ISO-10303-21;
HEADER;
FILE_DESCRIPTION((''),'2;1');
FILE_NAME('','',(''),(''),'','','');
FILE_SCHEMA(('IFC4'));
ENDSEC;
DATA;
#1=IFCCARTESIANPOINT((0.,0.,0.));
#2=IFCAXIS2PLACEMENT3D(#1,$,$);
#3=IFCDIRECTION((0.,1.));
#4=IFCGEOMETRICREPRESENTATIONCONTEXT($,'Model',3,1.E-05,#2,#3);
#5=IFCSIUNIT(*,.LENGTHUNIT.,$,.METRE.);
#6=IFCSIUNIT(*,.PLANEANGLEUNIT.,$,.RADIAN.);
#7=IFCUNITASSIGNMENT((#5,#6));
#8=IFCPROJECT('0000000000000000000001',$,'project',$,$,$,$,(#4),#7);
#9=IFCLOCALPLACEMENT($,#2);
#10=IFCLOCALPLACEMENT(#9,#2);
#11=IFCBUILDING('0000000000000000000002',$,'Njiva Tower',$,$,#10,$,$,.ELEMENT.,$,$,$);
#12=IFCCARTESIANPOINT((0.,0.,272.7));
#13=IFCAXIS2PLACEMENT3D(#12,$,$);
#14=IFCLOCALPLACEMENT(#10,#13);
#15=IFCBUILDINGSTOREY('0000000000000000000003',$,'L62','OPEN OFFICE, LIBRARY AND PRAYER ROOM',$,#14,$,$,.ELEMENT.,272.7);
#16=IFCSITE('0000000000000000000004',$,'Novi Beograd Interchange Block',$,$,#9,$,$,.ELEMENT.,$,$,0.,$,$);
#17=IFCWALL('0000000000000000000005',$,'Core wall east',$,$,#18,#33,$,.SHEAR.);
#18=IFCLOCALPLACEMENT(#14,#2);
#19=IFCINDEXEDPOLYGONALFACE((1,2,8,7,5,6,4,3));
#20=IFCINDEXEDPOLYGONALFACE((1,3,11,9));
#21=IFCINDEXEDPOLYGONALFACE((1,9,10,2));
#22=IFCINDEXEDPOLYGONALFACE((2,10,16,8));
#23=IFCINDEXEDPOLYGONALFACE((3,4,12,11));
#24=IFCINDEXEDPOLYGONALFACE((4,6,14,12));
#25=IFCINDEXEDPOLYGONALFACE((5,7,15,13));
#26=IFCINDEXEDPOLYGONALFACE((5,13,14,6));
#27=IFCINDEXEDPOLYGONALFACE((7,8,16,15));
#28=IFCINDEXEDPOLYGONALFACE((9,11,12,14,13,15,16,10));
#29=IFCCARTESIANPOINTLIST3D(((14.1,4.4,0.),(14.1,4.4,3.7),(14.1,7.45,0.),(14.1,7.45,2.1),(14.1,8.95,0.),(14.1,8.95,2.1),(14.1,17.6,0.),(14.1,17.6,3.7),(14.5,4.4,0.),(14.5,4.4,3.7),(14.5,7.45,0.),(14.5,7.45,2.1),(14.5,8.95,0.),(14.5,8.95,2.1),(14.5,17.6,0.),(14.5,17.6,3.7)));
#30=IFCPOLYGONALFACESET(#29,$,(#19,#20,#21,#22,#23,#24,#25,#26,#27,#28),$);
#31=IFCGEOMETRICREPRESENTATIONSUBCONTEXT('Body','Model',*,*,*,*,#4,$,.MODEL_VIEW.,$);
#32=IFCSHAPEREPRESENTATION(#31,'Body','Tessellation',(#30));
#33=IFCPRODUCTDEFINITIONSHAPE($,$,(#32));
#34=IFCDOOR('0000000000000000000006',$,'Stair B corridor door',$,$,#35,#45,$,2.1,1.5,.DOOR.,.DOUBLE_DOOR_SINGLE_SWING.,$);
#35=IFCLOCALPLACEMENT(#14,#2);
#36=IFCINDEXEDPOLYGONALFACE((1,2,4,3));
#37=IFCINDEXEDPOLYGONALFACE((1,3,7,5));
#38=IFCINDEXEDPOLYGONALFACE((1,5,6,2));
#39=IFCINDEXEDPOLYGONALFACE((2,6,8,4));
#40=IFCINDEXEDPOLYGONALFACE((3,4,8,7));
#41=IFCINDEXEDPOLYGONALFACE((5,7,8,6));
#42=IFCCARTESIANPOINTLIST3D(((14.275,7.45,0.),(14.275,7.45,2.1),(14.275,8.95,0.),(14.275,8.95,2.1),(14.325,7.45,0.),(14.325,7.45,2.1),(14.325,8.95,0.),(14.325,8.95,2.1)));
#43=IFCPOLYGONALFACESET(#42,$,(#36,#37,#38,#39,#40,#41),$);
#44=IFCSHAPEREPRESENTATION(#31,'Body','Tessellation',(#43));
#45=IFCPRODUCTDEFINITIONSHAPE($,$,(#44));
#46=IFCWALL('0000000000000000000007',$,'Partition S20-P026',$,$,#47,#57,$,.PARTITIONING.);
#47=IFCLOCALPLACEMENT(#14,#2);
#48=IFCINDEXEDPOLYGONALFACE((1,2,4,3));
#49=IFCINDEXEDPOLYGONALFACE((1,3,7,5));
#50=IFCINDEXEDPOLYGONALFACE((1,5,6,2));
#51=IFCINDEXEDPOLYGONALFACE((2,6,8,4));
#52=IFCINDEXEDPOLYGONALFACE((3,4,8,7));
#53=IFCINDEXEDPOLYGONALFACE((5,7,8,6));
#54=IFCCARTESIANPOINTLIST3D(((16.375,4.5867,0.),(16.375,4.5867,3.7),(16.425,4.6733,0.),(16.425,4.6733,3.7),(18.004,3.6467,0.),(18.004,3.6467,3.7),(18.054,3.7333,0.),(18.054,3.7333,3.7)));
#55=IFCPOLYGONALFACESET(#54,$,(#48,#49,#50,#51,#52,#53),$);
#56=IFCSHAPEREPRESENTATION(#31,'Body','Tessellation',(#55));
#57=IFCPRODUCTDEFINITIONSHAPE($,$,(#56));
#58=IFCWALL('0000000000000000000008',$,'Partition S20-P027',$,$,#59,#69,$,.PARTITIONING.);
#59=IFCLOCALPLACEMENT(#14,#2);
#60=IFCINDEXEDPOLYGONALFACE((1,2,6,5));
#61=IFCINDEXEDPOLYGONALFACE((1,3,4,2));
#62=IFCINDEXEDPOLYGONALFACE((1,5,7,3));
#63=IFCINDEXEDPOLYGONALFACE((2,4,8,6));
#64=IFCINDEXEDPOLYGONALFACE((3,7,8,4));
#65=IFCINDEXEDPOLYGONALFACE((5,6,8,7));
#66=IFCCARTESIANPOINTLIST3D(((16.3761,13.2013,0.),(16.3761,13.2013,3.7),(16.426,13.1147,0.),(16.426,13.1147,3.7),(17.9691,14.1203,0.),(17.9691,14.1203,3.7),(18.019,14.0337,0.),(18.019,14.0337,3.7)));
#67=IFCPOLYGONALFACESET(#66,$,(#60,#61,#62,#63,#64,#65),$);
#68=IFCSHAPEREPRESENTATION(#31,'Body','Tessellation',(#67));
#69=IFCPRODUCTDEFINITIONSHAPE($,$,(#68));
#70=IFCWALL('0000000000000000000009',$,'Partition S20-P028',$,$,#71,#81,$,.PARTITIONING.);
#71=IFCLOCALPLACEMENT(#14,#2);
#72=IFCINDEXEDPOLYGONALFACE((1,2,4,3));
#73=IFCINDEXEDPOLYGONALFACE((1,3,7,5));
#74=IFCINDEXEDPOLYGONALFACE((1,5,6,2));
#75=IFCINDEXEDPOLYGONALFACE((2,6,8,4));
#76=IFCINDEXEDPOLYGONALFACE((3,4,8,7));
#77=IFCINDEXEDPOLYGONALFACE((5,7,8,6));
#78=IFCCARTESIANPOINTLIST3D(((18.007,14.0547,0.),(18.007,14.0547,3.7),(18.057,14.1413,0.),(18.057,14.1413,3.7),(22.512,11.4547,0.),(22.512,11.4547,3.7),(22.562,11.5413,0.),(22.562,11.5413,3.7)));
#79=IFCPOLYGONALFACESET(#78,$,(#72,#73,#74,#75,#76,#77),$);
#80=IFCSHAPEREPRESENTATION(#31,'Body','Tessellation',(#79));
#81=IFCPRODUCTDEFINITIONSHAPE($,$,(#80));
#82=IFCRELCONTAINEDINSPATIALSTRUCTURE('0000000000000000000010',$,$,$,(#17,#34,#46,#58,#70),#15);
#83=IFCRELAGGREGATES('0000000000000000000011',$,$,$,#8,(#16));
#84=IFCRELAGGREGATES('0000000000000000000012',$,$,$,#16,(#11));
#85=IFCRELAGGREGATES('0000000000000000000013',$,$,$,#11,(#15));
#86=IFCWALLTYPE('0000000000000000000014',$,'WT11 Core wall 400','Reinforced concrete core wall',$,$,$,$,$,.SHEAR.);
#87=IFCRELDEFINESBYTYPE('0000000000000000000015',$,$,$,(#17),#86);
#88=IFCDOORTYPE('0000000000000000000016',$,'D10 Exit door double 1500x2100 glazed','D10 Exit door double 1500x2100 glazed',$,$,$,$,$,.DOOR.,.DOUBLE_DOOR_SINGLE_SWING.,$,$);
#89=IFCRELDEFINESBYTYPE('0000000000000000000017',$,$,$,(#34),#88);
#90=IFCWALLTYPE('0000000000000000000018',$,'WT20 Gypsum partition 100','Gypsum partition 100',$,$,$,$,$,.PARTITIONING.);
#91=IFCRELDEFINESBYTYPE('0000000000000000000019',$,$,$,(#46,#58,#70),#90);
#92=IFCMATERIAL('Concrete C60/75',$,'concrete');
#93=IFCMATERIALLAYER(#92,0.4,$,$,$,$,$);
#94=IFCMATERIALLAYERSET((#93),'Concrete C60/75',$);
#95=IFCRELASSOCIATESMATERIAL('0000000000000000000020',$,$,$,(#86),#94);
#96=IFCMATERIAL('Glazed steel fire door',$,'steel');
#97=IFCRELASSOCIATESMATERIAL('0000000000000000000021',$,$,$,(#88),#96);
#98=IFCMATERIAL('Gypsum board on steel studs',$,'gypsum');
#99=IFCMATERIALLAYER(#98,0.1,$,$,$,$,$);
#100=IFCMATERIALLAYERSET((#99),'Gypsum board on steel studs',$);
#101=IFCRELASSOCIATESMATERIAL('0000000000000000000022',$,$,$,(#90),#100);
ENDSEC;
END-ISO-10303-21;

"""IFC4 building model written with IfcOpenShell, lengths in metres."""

from ifc_helpers import new_model, si_unit, direction, frame, frame_2d, origin, place, context, subcontext, project, spatial, rectangle, extrude, material, layer, layer_set, type_object, element, fill, save


model = new_model("IFC4")

# Units and contexts
model_context = context("Model", 3, precision=1e-05, world=origin(), true_north=direction((0.0, 1.0)))
body_context = subcontext(model_context, "Body", "Model", "MODEL_VIEW")
ifc_project = project(units=[si_unit("LENGTHUNIT", "METRE"), si_unit("PLANEANGLEUNIT", "RADIAN")], contexts=[model_context])

# Site, building, storey
site_placement = place(None, origin())
site = spatial("IfcSite", under=ifc_project, at=site_placement, Name="Novi Beograd Interchange Block", CompositionType="ELEMENT", RefElevation=0.0)
building_placement = place(site_placement, origin())
building = spatial("IfcBuilding", under=site, at=building_placement, Name="Njiva Tower", CompositionType="ELEMENT")
storey_placement = place(building_placement, frame((0.0, 0.0, 272.7)))
storey = spatial("IfcBuildingStorey", under=building, at=storey_placement, Name="L62", Description="OPEN OFFICE, LIBRARY AND PRAYER ROOM", CompositionType="ELEMENT", Elevation=272.7)

# Wall, opening, door
ifc_material_1 = material(Name="Concrete C60/75", Category="concrete")
ifc_layer_1 = layer(ifc_material_1, 0.4)
ifc_layer_set_1 = layer_set([ifc_layer_1], Name="Concrete C60/75")
wall_type_1 = type_object("IfcWallType", Name="WT11 Core wall 400", Description="Reinforced concrete core wall", PredefinedType="SHEAR", material=ifc_layer_set_1)
wall_1_placement = place(storey_placement, frame((14.3, 4.4, 0.0), z_axis=(0.0, 0.0, 1.0), x_axis=(0.0, 1.0, 0.0)))
wall_1 = element("IfcWall", 1, at=wall_1_placement, inside=storey, type_object=wall_type_1, Name="Core wall east", PredefinedType="SHEAR", context=body_context, shape_type="SweptSolid", body=[
    extrude(rectangle(XDim=13.2, YDim=0.4, at=frame_2d((6.6, 0.0))), origin(), (0.0, 0.0, 1.0), 3.7),
])
opening_placement = place(wall_1_placement, frame((3.05, 0.0, 0.0)))
opening = element("IfcOpeningElement", 2, at=opening_placement, cuts=wall_1, PredefinedType="OPENING", context=body_context, shape_type="SweptSolid", body=[
    extrude(rectangle(XDim=1.5, YDim=2.1, at=frame_2d((0.75, 1.05))), frame((0.0, 0.21, 0.0), z_axis=(0.0, -1.0, 0.0), x_axis=(1.0, 0.0, 0.0)), (0.0, 0.0, 1.0), 0.42),
])
ifc_material_2 = material(Name="Glazed steel fire door", Category="steel")
door_type = type_object("IfcDoorType", Name="D10 Exit door double 1500x2100 glazed", Description="D10 Exit door double 1500x2100 glazed", OperationType="DOUBLE_DOOR_SINGLE_SWING", PredefinedType="DOOR", material=ifc_material_2)
door_placement = place(opening_placement, origin())
door = element("IfcDoor", 3, at=door_placement, inside=storey, type_object=door_type, Name="Stair B corridor door", OperationType="DOUBLE_DOOR_SINGLE_SWING", OverallHeight=2.1, OverallWidth=1.5, PredefinedType="DOOR", context=body_context, shape_type="SweptSolid", body=[
    extrude(rectangle(XDim=1.5, YDim=2.1, at=frame_2d((0.75, 1.05))), frame((0.0, 0.025, 0.0), z_axis=(0.0, -1.0, 0.0), x_axis=(1.0, 0.0, 0.0)), (0.0, 0.0, 1.0), 0.05),
])
fill(opening, door)

# Walls
ifc_material_3 = material(Name="Gypsum board on steel studs", Category="gypsum")
ifc_layer_2 = layer(ifc_material_3, 0.1)
ifc_layer_set_2 = layer_set([ifc_layer_2], Name="Gypsum board on steel studs")
wall_type_2 = type_object("IfcWallType", Name="WT20 Gypsum partition 100", Description="Gypsum partition 100", PredefinedType="PARTITIONING", material=ifc_layer_set_2)
wall_2_placement = place(storey_placement, frame((16.4, 4.63, 0.0), z_axis=(0.0, 0.0, 1.0), x_axis=(0.866141, -0.499799, 0.0)))
element("IfcWall", 4, at=wall_2_placement, inside=storey, type_object=wall_type_2, Name="Partition S20-P026", PredefinedType="PARTITIONING", context=body_context, shape_type="SweptSolid", body=[
    extrude(rectangle(XDim=1.8808, YDim=0.1, at=frame_2d((0.9404, 0.0))), origin(), (0.0, 0.0, 1.0), 3.7),
])
wall_3_placement = place(storey_placement, frame((16.401, 13.158, 0.0), z_axis=(0.0, 0.0, 1.0), x_axis=(0.866195, 0.499707, 0.0)))
element("IfcWall", 5, at=wall_3_placement, inside=storey, type_object=wall_type_2, Name="Partition S20-P027", PredefinedType="PARTITIONING", context=body_context, shape_type="SweptSolid", body=[
    extrude(rectangle(XDim=1.8391, YDim=0.1, at=frame_2d((0.9196, 0.0))), origin(), (0.0, 0.0, 1.0), 3.7),
])
wall_4_placement = place(storey_placement, frame((18.032, 14.098, 0.0), z_axis=(0.0, 0.0, 1.0), x_axis=(0.866106, -0.499861, 0.0)))
element("IfcWall", 6, at=wall_4_placement, inside=storey, type_object=wall_type_2, Name="Partition S20-P028", PredefinedType="PARTITIONING", context=body_context, shape_type="SweptSolid", body=[
    extrude(rectangle(XDim=5.2014, YDim=0.1, at=frame_2d((2.6007, 0.0))), origin(), (0.0, 0.0, 1.0), 3.7),
])

save(model, "model.ifc")
